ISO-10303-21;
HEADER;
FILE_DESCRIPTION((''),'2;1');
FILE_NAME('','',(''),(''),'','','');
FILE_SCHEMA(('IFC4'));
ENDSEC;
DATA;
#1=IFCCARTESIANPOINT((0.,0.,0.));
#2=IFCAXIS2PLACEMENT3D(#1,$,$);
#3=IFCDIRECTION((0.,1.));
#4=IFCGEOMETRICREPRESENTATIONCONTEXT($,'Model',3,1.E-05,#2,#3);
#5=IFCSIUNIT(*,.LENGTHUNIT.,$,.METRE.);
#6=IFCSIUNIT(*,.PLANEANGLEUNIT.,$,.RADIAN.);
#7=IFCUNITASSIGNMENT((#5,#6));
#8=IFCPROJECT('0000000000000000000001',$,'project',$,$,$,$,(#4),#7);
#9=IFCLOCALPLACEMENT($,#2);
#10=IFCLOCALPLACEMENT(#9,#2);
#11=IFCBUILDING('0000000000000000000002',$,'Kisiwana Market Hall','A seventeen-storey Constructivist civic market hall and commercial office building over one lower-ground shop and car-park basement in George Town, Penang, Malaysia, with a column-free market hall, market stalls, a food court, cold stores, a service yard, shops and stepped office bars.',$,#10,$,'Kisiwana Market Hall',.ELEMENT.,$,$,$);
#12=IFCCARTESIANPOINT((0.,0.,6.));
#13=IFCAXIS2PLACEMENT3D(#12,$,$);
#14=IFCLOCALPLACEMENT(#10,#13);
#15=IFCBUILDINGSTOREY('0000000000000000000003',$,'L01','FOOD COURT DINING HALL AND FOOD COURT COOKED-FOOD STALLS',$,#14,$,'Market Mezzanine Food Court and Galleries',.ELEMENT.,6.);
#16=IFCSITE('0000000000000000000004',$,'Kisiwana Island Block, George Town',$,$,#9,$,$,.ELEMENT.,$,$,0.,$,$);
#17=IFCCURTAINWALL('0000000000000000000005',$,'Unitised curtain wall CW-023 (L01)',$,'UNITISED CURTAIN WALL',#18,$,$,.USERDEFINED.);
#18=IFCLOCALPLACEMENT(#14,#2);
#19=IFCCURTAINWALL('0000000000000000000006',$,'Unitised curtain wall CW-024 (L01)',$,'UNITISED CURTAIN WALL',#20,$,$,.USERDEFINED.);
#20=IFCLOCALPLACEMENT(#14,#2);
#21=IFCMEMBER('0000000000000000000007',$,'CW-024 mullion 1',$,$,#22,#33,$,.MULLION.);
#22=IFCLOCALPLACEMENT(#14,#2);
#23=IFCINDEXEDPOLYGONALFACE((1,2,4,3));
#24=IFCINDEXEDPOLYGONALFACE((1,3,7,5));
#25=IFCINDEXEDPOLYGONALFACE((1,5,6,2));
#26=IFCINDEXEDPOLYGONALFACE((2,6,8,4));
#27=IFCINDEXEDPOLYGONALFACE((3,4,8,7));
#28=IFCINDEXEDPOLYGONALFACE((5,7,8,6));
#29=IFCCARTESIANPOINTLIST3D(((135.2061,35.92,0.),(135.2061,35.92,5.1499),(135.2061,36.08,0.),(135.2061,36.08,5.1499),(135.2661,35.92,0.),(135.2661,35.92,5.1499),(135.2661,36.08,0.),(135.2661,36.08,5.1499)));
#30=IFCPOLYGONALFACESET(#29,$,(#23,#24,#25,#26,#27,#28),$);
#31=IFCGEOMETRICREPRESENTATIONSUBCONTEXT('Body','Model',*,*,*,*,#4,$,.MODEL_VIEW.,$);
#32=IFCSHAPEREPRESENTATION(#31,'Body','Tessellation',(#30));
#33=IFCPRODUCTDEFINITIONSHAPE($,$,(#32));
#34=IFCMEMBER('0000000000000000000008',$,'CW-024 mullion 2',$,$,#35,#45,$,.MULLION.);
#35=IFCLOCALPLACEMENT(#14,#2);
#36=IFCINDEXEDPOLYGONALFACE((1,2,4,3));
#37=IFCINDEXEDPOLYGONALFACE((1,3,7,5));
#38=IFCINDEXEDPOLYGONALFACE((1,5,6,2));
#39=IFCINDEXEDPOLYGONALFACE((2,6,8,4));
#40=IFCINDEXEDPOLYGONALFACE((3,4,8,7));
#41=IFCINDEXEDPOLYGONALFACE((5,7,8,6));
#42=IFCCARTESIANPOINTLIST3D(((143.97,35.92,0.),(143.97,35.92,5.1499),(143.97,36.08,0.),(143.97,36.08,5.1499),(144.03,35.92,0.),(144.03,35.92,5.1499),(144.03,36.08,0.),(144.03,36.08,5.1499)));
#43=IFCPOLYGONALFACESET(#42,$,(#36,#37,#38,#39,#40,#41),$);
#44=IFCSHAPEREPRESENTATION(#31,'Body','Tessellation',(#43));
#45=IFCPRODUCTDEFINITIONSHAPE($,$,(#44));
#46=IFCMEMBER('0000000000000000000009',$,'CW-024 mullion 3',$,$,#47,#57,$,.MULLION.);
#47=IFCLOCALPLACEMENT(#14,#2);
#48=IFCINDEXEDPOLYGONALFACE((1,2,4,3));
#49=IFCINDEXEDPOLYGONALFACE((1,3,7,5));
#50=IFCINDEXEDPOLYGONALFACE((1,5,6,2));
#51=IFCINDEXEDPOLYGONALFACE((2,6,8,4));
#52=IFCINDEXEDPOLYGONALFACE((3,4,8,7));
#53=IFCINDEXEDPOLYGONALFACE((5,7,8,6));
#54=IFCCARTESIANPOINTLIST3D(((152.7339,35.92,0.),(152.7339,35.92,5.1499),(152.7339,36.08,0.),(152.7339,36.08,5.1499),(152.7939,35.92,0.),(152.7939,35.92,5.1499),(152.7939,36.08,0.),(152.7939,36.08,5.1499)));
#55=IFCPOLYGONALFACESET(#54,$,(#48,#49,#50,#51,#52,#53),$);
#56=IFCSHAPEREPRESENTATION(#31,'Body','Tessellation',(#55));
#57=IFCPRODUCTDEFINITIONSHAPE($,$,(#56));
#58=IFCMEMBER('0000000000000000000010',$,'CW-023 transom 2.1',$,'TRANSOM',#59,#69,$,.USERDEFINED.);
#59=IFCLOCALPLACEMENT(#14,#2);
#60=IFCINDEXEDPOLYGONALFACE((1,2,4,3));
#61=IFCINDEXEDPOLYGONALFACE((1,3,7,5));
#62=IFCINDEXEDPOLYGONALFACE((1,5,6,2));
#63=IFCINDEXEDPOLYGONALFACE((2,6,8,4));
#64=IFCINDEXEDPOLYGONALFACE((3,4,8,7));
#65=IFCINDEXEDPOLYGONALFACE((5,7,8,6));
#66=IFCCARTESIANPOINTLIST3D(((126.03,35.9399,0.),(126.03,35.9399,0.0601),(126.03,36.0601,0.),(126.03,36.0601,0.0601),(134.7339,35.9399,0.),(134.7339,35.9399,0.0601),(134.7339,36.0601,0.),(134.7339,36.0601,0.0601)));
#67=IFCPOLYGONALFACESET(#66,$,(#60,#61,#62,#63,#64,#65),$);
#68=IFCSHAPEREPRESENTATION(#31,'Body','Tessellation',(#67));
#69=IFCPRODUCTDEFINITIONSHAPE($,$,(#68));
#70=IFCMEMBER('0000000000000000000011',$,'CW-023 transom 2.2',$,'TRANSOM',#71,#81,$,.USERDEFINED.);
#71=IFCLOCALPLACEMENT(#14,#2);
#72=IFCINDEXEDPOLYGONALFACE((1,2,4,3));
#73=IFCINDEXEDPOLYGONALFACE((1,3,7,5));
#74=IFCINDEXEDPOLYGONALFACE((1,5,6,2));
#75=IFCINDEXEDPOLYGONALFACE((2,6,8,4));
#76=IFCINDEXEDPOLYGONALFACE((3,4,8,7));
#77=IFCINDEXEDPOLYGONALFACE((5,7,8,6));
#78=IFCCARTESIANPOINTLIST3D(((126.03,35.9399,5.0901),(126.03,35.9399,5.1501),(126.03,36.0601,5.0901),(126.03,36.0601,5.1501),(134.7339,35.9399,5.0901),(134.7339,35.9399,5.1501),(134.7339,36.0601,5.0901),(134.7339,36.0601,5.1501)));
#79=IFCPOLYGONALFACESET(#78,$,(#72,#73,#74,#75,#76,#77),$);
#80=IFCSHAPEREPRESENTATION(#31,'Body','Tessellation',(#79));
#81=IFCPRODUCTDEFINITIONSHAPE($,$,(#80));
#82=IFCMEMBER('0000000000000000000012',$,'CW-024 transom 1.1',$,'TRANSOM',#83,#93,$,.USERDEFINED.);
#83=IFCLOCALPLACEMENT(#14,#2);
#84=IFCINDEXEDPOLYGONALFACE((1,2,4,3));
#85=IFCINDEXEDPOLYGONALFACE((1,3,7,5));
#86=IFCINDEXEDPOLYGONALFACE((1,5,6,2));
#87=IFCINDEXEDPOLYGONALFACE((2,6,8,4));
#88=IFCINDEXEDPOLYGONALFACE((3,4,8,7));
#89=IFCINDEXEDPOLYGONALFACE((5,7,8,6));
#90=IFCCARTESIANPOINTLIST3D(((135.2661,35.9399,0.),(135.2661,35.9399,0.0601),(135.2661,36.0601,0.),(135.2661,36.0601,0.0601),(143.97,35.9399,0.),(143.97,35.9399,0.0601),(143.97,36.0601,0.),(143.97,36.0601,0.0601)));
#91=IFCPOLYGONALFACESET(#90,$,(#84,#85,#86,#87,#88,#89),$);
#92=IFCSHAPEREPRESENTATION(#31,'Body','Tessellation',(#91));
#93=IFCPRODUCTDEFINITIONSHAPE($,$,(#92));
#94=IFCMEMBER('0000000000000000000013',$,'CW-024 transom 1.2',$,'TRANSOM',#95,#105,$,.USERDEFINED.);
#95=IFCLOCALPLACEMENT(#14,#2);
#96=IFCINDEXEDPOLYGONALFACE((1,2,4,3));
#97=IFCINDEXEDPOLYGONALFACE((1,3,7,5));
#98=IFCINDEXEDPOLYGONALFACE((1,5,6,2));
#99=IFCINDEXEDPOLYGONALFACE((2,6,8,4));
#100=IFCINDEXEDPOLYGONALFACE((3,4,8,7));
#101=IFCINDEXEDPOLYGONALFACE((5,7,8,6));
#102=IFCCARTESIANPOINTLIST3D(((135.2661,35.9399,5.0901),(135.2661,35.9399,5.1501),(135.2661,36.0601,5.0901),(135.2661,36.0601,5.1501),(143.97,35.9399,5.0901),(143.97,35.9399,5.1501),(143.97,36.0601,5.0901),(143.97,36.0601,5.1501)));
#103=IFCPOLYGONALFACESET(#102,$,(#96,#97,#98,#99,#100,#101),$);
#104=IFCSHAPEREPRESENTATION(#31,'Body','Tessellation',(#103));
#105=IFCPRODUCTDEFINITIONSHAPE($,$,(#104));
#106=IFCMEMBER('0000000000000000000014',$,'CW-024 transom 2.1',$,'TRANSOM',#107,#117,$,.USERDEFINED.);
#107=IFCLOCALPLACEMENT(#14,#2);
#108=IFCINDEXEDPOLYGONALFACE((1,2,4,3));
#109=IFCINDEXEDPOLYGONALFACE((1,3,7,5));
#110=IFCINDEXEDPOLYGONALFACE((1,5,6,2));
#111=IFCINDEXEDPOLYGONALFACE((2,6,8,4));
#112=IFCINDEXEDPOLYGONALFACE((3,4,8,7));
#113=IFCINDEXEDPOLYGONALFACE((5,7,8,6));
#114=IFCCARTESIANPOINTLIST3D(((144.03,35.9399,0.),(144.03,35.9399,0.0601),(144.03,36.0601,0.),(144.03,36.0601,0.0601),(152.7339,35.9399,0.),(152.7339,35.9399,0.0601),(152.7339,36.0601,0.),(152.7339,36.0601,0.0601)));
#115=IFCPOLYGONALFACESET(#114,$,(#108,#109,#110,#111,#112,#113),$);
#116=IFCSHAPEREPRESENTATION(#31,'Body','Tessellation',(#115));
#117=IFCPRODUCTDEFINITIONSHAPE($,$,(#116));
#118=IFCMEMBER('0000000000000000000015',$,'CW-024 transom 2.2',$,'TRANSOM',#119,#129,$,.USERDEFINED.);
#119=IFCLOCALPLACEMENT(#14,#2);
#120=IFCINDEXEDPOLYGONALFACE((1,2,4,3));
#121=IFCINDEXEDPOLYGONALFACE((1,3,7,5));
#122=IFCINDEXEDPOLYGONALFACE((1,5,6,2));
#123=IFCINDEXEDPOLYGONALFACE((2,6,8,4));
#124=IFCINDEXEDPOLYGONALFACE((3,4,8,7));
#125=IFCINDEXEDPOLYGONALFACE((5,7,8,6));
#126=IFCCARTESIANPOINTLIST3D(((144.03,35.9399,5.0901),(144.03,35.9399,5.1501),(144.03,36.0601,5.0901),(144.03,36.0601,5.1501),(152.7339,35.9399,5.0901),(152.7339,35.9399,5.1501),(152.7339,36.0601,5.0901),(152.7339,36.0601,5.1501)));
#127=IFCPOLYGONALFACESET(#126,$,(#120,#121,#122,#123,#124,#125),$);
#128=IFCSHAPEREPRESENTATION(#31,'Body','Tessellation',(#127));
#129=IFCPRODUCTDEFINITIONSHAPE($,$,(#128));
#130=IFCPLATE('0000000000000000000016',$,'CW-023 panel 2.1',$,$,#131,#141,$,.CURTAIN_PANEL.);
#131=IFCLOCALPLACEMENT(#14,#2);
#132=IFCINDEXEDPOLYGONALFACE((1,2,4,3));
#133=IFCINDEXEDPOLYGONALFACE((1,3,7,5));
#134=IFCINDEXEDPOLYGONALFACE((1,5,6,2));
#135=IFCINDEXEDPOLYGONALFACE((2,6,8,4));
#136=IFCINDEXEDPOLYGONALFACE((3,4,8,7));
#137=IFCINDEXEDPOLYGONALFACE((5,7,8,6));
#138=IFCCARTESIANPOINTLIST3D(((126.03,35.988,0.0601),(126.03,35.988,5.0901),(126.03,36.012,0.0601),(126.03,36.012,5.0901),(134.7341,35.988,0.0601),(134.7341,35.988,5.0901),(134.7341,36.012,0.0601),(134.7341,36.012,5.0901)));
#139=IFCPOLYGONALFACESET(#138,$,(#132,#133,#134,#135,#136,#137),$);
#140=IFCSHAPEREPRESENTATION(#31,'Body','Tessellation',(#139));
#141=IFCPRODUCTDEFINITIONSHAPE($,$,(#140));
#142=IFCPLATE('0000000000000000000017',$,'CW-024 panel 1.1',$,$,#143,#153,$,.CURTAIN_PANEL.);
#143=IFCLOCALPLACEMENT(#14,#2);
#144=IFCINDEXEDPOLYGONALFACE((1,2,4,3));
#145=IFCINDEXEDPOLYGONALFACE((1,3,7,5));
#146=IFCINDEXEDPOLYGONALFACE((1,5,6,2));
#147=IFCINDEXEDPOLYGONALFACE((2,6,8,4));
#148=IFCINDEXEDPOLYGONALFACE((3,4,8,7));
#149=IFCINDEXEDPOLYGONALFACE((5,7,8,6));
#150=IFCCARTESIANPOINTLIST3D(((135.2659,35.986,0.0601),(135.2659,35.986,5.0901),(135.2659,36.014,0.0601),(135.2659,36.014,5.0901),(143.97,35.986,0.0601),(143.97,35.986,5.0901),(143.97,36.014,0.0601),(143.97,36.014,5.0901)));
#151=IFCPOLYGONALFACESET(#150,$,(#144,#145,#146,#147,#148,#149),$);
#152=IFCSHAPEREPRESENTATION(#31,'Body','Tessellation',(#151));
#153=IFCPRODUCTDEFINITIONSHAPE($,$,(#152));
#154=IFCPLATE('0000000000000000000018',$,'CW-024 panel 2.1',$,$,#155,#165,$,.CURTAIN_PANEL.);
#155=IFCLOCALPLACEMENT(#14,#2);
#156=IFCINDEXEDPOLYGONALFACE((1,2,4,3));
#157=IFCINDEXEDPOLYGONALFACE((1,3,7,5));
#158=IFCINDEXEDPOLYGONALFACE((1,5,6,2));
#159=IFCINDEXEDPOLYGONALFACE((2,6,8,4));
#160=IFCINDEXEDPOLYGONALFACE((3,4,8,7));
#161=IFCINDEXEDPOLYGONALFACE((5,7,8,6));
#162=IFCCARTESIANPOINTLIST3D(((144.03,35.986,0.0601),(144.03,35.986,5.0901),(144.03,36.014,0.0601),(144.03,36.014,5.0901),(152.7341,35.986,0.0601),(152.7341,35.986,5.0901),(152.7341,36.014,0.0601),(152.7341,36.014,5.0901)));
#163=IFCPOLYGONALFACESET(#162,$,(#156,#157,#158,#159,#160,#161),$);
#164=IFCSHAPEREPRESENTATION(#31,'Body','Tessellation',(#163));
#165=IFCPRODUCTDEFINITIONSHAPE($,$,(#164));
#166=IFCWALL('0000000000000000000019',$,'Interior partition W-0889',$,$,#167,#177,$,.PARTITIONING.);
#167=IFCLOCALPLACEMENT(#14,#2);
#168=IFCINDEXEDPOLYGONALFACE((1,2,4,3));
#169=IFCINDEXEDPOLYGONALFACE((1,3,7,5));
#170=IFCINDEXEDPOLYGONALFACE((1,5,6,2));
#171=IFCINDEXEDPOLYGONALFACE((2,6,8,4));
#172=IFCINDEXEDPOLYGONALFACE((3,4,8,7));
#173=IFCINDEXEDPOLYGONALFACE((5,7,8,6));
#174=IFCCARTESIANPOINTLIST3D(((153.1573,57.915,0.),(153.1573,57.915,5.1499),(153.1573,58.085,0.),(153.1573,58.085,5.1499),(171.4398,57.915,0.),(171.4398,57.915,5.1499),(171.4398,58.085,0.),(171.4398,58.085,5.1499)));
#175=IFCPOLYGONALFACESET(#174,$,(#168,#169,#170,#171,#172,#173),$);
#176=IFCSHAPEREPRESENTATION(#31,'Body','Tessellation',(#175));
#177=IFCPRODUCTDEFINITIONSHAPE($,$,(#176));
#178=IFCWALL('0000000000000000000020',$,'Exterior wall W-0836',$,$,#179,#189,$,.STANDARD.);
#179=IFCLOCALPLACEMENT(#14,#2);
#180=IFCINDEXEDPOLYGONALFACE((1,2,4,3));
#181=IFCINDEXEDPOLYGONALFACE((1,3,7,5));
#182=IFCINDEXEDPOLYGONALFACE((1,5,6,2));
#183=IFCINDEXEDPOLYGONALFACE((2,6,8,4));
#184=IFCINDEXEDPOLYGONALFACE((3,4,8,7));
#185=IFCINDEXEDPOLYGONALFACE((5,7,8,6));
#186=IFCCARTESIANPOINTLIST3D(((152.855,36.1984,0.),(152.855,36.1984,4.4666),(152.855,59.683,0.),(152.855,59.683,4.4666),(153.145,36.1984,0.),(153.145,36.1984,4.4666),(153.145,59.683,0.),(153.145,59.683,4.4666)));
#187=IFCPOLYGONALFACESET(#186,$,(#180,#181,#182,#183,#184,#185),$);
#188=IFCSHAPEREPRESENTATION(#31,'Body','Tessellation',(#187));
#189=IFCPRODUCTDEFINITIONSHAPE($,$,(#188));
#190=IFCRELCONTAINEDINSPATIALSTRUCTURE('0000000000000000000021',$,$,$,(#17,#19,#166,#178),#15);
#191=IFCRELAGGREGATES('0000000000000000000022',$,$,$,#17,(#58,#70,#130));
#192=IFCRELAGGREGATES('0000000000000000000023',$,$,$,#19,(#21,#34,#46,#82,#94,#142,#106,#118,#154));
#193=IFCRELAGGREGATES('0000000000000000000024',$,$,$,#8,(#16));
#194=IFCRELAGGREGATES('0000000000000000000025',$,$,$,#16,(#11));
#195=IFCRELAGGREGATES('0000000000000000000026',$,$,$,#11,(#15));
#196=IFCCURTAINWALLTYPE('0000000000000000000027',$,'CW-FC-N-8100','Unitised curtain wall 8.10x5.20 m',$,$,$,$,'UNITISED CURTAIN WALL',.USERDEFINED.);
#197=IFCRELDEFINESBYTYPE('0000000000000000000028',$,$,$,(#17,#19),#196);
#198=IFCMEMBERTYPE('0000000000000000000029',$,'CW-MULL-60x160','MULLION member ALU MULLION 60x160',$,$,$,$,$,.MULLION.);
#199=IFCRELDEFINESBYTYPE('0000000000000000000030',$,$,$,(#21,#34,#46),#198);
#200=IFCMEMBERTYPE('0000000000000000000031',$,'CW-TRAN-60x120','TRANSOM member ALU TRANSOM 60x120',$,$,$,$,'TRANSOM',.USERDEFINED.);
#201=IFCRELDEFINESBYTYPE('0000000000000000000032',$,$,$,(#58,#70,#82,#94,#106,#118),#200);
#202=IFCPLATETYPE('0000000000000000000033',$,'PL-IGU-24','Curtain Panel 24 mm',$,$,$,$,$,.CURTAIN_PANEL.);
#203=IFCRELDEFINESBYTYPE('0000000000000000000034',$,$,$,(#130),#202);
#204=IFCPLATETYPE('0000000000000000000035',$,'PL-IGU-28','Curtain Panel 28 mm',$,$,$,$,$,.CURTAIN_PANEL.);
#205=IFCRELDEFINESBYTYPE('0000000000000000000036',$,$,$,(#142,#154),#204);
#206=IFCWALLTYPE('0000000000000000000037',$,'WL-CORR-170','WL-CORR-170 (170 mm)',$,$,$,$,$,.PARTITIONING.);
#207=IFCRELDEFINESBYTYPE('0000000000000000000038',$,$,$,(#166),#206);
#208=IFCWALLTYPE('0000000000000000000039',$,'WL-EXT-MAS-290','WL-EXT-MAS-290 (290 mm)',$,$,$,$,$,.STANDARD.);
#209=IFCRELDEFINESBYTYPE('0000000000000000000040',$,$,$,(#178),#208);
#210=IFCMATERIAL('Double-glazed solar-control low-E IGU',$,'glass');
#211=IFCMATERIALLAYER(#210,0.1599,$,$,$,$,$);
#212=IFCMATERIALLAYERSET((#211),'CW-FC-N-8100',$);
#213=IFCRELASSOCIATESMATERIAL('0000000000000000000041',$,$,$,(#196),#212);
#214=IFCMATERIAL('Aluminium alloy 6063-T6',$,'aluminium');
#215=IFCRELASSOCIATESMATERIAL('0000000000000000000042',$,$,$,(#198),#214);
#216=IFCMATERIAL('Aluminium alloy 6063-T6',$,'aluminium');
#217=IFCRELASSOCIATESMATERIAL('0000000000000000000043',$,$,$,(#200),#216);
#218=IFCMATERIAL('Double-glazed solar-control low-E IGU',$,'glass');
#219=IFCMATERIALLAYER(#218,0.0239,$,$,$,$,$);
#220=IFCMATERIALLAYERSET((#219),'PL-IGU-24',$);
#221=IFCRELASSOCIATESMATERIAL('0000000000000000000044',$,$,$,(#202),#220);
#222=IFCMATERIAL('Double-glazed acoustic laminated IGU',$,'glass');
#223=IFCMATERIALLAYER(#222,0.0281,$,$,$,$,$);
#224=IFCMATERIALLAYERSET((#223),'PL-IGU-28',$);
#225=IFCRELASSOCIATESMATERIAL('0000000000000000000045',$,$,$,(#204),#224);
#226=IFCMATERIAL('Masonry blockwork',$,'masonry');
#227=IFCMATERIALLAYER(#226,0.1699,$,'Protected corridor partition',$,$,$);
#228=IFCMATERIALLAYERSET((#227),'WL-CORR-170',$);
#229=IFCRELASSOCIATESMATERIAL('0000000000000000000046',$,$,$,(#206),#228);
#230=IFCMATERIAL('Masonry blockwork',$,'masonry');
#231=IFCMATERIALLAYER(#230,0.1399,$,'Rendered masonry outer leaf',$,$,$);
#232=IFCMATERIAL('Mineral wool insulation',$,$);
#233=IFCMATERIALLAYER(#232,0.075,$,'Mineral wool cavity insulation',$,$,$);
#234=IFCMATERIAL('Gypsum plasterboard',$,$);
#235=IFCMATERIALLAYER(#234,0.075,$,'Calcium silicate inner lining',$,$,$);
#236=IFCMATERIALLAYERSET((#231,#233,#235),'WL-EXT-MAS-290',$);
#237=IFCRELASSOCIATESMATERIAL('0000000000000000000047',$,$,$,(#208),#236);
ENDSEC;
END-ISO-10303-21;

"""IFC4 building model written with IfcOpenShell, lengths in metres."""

from ifc_helpers import new_model, si_unit, direction, frame, frame_2d, origin, origin_2d, place, context, subcontext, project, spatial, rectangle, extrude, material, layer, layer_set, material_profile, profile_set, type_object, element, aggregate, save


model = new_model("IFC4")

# Units and contexts
model_context = context("Model", 3, precision=1e-05, world=origin(), true_north=direction((0.0, 1.0)))
body_context = subcontext(model_context, "Body", "Model", "MODEL_VIEW")
ifc_project = project(units=[si_unit("LENGTHUNIT", "METRE"), si_unit("PLANEANGLEUNIT", "RADIAN")], contexts=[model_context])

# Site, building, storey
site_placement = place(None, origin())
site = spatial("IfcSite", under=ifc_project, at=site_placement, Name="Kisiwana Island Block, George Town", CompositionType="ELEMENT", RefElevation=0.0)
building_placement = place(site_placement, origin())
building = spatial("IfcBuilding", under=site, at=building_placement, Name="Kisiwana Market Hall", Description="A seventeen-storey Constructivist civic market hall and commercial office building over one lower-ground shop and car-park basement in George Town, Penang, Malaysia, with a column-free market hall, market stalls, a food court, cold stores, a service yard, shops and stepped office bars.", LongName="Kisiwana Market Hall", CompositionType="ELEMENT")
storey_placement = place(building_placement, frame((0.0, 0.0, 6.0)))
storey = spatial("IfcBuildingStorey", under=building, at=storey_placement, Name="L01", Description="FOOD COURT DINING HALL AND FOOD COURT COOKED-FOOD STALLS", LongName="Market Mezzanine Food Court and Galleries", CompositionType="ELEMENT", Elevation=6.0)

# Curtain wall
ifc_material_1 = material(Name="Double-glazed solar-control low-E IGU", Category="glass")
ifc_layer_1 = layer(ifc_material_1, 0.1599)
ifc_layer_set_1 = layer_set([ifc_layer_1], Name="CW-FC-N-8100")
curtain_wall_type = type_object("IfcCurtainWallType", Name="CW-FC-N-8100", Description="Unitised curtain wall 8.10x5.20 m", ElementType="UNITISED CURTAIN WALL", PredefinedType="USERDEFINED", material=ifc_layer_set_1)
curtain_wall_1_placement = place(storey_placement, origin())
curtain_wall_1 = element("IfcCurtainWall", 1, at=curtain_wall_1_placement, inside=storey, type_object=curtain_wall_type, Name="Unitised curtain wall CW-023 (L01)", ObjectType="UNITISED CURTAIN WALL", PredefinedType="USERDEFINED")
ifc_material_2 = material(Name="Aluminium alloy 6063-T6", Category="aluminium")
ifc_material_profile_1 = material_profile(ifc_material_2, rectangle(XDim=0.0601, YDim=0.1599, at=origin_2d()), Name="ALU MULLION 60x160")
ifc_profile_set_1 = profile_set([ifc_material_profile_1], Name="Aluminium alloy 6063-T6")
member_type_1 = type_object("IfcMemberType", Name="CW-MULL-60x160", Description="MULLION member ALU MULLION 60x160", PredefinedType="MULLION", material=ifc_profile_set_1)

# Curtain wall, members
curtain_wall_2_placement = place(storey_placement, origin())
curtain_wall_2 = element("IfcCurtainWall", 2, at=curtain_wall_2_placement, inside=storey, type_object=curtain_wall_type, Name="Unitised curtain wall CW-024 (L01)", ObjectType="UNITISED CURTAIN WALL", PredefinedType="USERDEFINED")
member_1_placement = place(storey_placement, frame((135.2361, 36.0, 0.0), z_axis=(0.0, 0.0, 1.0), x_axis=(1.0, 0.0, 0.0)))
member_1 = element("IfcMember", 3, at=member_1_placement, type_object=member_type_1, Name="CW-024 mullion 1", PredefinedType="MULLION", context=body_context, shape_type="SweptSolid", body=[
    extrude(rectangle(XDim=0.0601, YDim=0.1599, at=origin_2d()), origin(), (0.0, 0.0, 1.0), 5.1499),
])
member_2_placement = place(storey_placement, frame((144.0, 36.0, 0.0), z_axis=(0.0, 0.0, 1.0), x_axis=(1.0, 0.0, 0.0)))
member_2 = element("IfcMember", 4, at=member_2_placement, type_object=member_type_1, Name="CW-024 mullion 2", PredefinedType="MULLION", context=body_context, shape_type="SweptSolid", body=[
    extrude(rectangle(XDim=0.0601, YDim=0.1599, at=origin_2d()), origin(), (0.0, 0.0, 1.0), 5.1499),
])
member_3_placement = place(storey_placement, frame((152.7639, 36.0, 0.0), z_axis=(0.0, 0.0, 1.0), x_axis=(1.0, 0.0, 0.0)))
member_3 = element("IfcMember", 5, at=member_3_placement, type_object=member_type_1, Name="CW-024 mullion 3", PredefinedType="MULLION", context=body_context, shape_type="SweptSolid", body=[
    extrude(rectangle(XDim=0.0601, YDim=0.1599, at=origin_2d()), origin(), (0.0, 0.0, 1.0), 5.1499),
])

# Members
ifc_material_3 = material(Name="Aluminium alloy 6063-T6", Category="aluminium")
ifc_material_profile_2 = material_profile(ifc_material_3, rectangle(XDim=0.1201, YDim=0.0601, at=origin_2d()), Name="ALU TRANSOM 60x120")
ifc_profile_set_2 = profile_set([ifc_material_profile_2], Name="Aluminium alloy 6063-T6")
member_type_2 = type_object("IfcMemberType", Name="CW-TRAN-60x120", Description="TRANSOM member ALU TRANSOM 60x120", ElementType="TRANSOM", PredefinedType="USERDEFINED", material=ifc_profile_set_2)
member_4_placement = place(storey_placement, frame((126.03, 36.0, 0.03), z_axis=(1.0, 0.0, 0.0), x_axis=(0.0, 1.0, 0.0)))
member_4 = element("IfcMember", 6, at=member_4_placement, type_object=member_type_2, Name="CW-023 transom 2.1", ObjectType="TRANSOM", PredefinedType="USERDEFINED", context=body_context, shape_type="SweptSolid", body=[
    extrude(rectangle(XDim=0.1201, YDim=0.0601, at=origin_2d()), origin(), (0.0, 0.0, 1.0), 8.7039),
])
member_5_placement = place(storey_placement, frame((126.03, 36.0, 5.1201), z_axis=(1.0, 0.0, 0.0), x_axis=(0.0, 1.0, 0.0)))
member_5 = element("IfcMember", 7, at=member_5_placement, type_object=member_type_2, Name="CW-023 transom 2.2", ObjectType="TRANSOM", PredefinedType="USERDEFINED", context=body_context, shape_type="SweptSolid", body=[
    extrude(rectangle(XDim=0.1201, YDim=0.0601, at=origin_2d()), origin(), (0.0, 0.0, 1.0), 8.7039),
])
member_6_placement = place(storey_placement, frame((135.2661, 36.0, 0.03), z_axis=(1.0, 0.0, 0.0), x_axis=(0.0, 1.0, 0.0)))
member_6 = element("IfcMember", 8, at=member_6_placement, type_object=member_type_2, Name="CW-024 transom 1.1", ObjectType="TRANSOM", PredefinedType="USERDEFINED", context=body_context, shape_type="SweptSolid", body=[
    extrude(rectangle(XDim=0.1201, YDim=0.0601, at=origin_2d()), origin(), (0.0, 0.0, 1.0), 8.7039),
])
member_7_placement = place(storey_placement, frame((135.2661, 36.0, 5.1201), z_axis=(1.0, 0.0, 0.0), x_axis=(0.0, 1.0, 0.0)))
member_7 = element("IfcMember", 9, at=member_7_placement, type_object=member_type_2, Name="CW-024 transom 1.2", ObjectType="TRANSOM", PredefinedType="USERDEFINED", context=body_context, shape_type="SweptSolid", body=[
    extrude(rectangle(XDim=0.1201, YDim=0.0601, at=origin_2d()), origin(), (0.0, 0.0, 1.0), 8.7039),
])
member_8_placement = place(storey_placement, frame((144.03, 36.0, 0.03), z_axis=(1.0, 0.0, 0.0), x_axis=(0.0, 1.0, 0.0)))
member_8 = element("IfcMember", 10, at=member_8_placement, type_object=member_type_2, Name="CW-024 transom 2.1", ObjectType="TRANSOM", PredefinedType="USERDEFINED", context=body_context, shape_type="SweptSolid", body=[
    extrude(rectangle(XDim=0.1201, YDim=0.0601, at=origin_2d()), origin(), (0.0, 0.0, 1.0), 8.7039),
])
member_9_placement = place(storey_placement, frame((144.03, 36.0, 5.1201), z_axis=(1.0, 0.0, 0.0), x_axis=(0.0, 1.0, 0.0)))
member_9 = element("IfcMember", 11, at=member_9_placement, type_object=member_type_2, Name="CW-024 transom 2.2", ObjectType="TRANSOM", PredefinedType="USERDEFINED", context=body_context, shape_type="SweptSolid", body=[
    extrude(rectangle(XDim=0.1201, YDim=0.0601, at=origin_2d()), origin(), (0.0, 0.0, 1.0), 8.7039),
])

# Plates
ifc_material_4 = material(Name="Double-glazed solar-control low-E IGU", Category="glass")
ifc_layer_2 = layer(ifc_material_4, 0.0239)
ifc_layer_set_2 = layer_set([ifc_layer_2], Name="PL-IGU-24")
plate_type_1 = type_object("IfcPlateType", Name="PL-IGU-24", Description="Curtain Panel 24 mm", PredefinedType="CURTAIN_PANEL", material=ifc_layer_set_2)
plate_1_placement = place(storey_placement, frame((130.3821, 36.0, 0.0601), z_axis=(0.0, 0.0, 1.0), x_axis=(1.0, 0.0, 0.0)))
plate_1 = element("IfcPlate", 12, at=plate_1_placement, type_object=plate_type_1, Name="CW-023 panel 2.1", PredefinedType="CURTAIN_PANEL", context=body_context, shape_type="SweptSolid", body=[
    extrude(rectangle(XDim=8.7041, YDim=0.0239, at=origin_2d()), origin(), (0.0, 0.0, 1.0), 5.03),
])
aggregate(curtain_wall_1, [member_4, member_5, plate_1])
ifc_material_5 = material(Name="Double-glazed acoustic laminated IGU", Category="glass")
ifc_layer_3 = layer(ifc_material_5, 0.0281)
ifc_layer_set_3 = layer_set([ifc_layer_3], Name="PL-IGU-28")
plate_type_2 = type_object("IfcPlateType", Name="PL-IGU-28", Description="Curtain Panel 28 mm", PredefinedType="CURTAIN_PANEL", material=ifc_layer_set_3)
plate_2_placement = place(storey_placement, frame((139.6179, 36.0, 0.0601), z_axis=(0.0, 0.0, 1.0), x_axis=(1.0, 0.0, 0.0)))
plate_2 = element("IfcPlate", 13, at=plate_2_placement, type_object=plate_type_2, Name="CW-024 panel 1.1", PredefinedType="CURTAIN_PANEL", context=body_context, shape_type="SweptSolid", body=[
    extrude(rectangle(XDim=8.7041, YDim=0.0281, at=origin_2d()), origin(), (0.0, 0.0, 1.0), 5.03),
])
plate_3_placement = place(storey_placement, frame((148.3821, 36.0, 0.0601), z_axis=(0.0, 0.0, 1.0), x_axis=(1.0, 0.0, 0.0)))
plate_3 = element("IfcPlate", 14, at=plate_3_placement, type_object=plate_type_2, Name="CW-024 panel 2.1", PredefinedType="CURTAIN_PANEL", context=body_context, shape_type="SweptSolid", body=[
    extrude(rectangle(XDim=8.7041, YDim=0.0281, at=origin_2d()), origin(), (0.0, 0.0, 1.0), 5.03),
])
aggregate(curtain_wall_2, [member_1, member_2, member_3, member_6, member_7, plate_2, member_8, member_9, plate_3])

# Walls
ifc_material_6 = material(Name="Masonry blockwork", Category="masonry")
ifc_layer_4 = layer(ifc_material_6, 0.1699, Name="Protected corridor partition")
ifc_layer_set_4 = layer_set([ifc_layer_4], Name="WL-CORR-170")
wall_type_1 = type_object("IfcWallType", Name="WL-CORR-170", Description="WL-CORR-170 (170 mm)", PredefinedType="PARTITIONING", material=ifc_layer_set_4)
wall_1_placement = place(storey_placement, frame((153.1575, 58.0, 0.0), z_axis=(0.0, 0.0, 1.0), x_axis=(1.0, 0.0, 0.0)))
element("IfcWall", 15, at=wall_1_placement, inside=storey, type_object=wall_type_1, Name="Interior partition W-0889", PredefinedType="PARTITIONING", context=body_context, shape_type="SweptSolid", body=[
    extrude(rectangle(XDim=18.2825, YDim=0.1699, at=frame_2d((9.1411, 0.0))), origin(), (0.0, 0.0, 1.0), 5.1499),
])
ifc_material_7 = material(Name="Masonry blockwork", Category="masonry")
ifc_layer_5 = layer(ifc_material_7, 0.1399, Name="Rendered masonry outer leaf")
ifc_material_8 = material(Name="Mineral wool insulation")
ifc_layer_6 = layer(ifc_material_8, 0.075, Name="Mineral wool cavity insulation")
ifc_material_9 = material(Name="Gypsum plasterboard")
ifc_layer_7 = layer(ifc_material_9, 0.075, Name="Calcium silicate inner lining")
ifc_layer_set_5 = layer_set([ifc_layer_5, ifc_layer_6, ifc_layer_7], Name="WL-EXT-MAS-290")
wall_type_2 = type_object("IfcWallType", Name="WL-EXT-MAS-290", Description="WL-EXT-MAS-290 (290 mm)", PredefinedType="STANDARD", material=ifc_layer_set_5)
wall_2_placement = place(storey_placement, frame((153.0, 36.1985, 0.0), z_axis=(0.0, 0.0, 1.0), x_axis=(0.0, 1.0, 0.0)))
element("IfcWall", 16, at=wall_2_placement, inside=storey, type_object=wall_type_2, Name="Exterior wall W-0836", PredefinedType="STANDARD", context=body_context, shape_type="SweptSolid", body=[
    extrude(rectangle(XDim=23.4846, YDim=0.29, at=frame_2d((11.7422, 0.0))), origin(), (0.0, 0.0, 1.0), 4.4666),
])

save(model, "model.ifc")
